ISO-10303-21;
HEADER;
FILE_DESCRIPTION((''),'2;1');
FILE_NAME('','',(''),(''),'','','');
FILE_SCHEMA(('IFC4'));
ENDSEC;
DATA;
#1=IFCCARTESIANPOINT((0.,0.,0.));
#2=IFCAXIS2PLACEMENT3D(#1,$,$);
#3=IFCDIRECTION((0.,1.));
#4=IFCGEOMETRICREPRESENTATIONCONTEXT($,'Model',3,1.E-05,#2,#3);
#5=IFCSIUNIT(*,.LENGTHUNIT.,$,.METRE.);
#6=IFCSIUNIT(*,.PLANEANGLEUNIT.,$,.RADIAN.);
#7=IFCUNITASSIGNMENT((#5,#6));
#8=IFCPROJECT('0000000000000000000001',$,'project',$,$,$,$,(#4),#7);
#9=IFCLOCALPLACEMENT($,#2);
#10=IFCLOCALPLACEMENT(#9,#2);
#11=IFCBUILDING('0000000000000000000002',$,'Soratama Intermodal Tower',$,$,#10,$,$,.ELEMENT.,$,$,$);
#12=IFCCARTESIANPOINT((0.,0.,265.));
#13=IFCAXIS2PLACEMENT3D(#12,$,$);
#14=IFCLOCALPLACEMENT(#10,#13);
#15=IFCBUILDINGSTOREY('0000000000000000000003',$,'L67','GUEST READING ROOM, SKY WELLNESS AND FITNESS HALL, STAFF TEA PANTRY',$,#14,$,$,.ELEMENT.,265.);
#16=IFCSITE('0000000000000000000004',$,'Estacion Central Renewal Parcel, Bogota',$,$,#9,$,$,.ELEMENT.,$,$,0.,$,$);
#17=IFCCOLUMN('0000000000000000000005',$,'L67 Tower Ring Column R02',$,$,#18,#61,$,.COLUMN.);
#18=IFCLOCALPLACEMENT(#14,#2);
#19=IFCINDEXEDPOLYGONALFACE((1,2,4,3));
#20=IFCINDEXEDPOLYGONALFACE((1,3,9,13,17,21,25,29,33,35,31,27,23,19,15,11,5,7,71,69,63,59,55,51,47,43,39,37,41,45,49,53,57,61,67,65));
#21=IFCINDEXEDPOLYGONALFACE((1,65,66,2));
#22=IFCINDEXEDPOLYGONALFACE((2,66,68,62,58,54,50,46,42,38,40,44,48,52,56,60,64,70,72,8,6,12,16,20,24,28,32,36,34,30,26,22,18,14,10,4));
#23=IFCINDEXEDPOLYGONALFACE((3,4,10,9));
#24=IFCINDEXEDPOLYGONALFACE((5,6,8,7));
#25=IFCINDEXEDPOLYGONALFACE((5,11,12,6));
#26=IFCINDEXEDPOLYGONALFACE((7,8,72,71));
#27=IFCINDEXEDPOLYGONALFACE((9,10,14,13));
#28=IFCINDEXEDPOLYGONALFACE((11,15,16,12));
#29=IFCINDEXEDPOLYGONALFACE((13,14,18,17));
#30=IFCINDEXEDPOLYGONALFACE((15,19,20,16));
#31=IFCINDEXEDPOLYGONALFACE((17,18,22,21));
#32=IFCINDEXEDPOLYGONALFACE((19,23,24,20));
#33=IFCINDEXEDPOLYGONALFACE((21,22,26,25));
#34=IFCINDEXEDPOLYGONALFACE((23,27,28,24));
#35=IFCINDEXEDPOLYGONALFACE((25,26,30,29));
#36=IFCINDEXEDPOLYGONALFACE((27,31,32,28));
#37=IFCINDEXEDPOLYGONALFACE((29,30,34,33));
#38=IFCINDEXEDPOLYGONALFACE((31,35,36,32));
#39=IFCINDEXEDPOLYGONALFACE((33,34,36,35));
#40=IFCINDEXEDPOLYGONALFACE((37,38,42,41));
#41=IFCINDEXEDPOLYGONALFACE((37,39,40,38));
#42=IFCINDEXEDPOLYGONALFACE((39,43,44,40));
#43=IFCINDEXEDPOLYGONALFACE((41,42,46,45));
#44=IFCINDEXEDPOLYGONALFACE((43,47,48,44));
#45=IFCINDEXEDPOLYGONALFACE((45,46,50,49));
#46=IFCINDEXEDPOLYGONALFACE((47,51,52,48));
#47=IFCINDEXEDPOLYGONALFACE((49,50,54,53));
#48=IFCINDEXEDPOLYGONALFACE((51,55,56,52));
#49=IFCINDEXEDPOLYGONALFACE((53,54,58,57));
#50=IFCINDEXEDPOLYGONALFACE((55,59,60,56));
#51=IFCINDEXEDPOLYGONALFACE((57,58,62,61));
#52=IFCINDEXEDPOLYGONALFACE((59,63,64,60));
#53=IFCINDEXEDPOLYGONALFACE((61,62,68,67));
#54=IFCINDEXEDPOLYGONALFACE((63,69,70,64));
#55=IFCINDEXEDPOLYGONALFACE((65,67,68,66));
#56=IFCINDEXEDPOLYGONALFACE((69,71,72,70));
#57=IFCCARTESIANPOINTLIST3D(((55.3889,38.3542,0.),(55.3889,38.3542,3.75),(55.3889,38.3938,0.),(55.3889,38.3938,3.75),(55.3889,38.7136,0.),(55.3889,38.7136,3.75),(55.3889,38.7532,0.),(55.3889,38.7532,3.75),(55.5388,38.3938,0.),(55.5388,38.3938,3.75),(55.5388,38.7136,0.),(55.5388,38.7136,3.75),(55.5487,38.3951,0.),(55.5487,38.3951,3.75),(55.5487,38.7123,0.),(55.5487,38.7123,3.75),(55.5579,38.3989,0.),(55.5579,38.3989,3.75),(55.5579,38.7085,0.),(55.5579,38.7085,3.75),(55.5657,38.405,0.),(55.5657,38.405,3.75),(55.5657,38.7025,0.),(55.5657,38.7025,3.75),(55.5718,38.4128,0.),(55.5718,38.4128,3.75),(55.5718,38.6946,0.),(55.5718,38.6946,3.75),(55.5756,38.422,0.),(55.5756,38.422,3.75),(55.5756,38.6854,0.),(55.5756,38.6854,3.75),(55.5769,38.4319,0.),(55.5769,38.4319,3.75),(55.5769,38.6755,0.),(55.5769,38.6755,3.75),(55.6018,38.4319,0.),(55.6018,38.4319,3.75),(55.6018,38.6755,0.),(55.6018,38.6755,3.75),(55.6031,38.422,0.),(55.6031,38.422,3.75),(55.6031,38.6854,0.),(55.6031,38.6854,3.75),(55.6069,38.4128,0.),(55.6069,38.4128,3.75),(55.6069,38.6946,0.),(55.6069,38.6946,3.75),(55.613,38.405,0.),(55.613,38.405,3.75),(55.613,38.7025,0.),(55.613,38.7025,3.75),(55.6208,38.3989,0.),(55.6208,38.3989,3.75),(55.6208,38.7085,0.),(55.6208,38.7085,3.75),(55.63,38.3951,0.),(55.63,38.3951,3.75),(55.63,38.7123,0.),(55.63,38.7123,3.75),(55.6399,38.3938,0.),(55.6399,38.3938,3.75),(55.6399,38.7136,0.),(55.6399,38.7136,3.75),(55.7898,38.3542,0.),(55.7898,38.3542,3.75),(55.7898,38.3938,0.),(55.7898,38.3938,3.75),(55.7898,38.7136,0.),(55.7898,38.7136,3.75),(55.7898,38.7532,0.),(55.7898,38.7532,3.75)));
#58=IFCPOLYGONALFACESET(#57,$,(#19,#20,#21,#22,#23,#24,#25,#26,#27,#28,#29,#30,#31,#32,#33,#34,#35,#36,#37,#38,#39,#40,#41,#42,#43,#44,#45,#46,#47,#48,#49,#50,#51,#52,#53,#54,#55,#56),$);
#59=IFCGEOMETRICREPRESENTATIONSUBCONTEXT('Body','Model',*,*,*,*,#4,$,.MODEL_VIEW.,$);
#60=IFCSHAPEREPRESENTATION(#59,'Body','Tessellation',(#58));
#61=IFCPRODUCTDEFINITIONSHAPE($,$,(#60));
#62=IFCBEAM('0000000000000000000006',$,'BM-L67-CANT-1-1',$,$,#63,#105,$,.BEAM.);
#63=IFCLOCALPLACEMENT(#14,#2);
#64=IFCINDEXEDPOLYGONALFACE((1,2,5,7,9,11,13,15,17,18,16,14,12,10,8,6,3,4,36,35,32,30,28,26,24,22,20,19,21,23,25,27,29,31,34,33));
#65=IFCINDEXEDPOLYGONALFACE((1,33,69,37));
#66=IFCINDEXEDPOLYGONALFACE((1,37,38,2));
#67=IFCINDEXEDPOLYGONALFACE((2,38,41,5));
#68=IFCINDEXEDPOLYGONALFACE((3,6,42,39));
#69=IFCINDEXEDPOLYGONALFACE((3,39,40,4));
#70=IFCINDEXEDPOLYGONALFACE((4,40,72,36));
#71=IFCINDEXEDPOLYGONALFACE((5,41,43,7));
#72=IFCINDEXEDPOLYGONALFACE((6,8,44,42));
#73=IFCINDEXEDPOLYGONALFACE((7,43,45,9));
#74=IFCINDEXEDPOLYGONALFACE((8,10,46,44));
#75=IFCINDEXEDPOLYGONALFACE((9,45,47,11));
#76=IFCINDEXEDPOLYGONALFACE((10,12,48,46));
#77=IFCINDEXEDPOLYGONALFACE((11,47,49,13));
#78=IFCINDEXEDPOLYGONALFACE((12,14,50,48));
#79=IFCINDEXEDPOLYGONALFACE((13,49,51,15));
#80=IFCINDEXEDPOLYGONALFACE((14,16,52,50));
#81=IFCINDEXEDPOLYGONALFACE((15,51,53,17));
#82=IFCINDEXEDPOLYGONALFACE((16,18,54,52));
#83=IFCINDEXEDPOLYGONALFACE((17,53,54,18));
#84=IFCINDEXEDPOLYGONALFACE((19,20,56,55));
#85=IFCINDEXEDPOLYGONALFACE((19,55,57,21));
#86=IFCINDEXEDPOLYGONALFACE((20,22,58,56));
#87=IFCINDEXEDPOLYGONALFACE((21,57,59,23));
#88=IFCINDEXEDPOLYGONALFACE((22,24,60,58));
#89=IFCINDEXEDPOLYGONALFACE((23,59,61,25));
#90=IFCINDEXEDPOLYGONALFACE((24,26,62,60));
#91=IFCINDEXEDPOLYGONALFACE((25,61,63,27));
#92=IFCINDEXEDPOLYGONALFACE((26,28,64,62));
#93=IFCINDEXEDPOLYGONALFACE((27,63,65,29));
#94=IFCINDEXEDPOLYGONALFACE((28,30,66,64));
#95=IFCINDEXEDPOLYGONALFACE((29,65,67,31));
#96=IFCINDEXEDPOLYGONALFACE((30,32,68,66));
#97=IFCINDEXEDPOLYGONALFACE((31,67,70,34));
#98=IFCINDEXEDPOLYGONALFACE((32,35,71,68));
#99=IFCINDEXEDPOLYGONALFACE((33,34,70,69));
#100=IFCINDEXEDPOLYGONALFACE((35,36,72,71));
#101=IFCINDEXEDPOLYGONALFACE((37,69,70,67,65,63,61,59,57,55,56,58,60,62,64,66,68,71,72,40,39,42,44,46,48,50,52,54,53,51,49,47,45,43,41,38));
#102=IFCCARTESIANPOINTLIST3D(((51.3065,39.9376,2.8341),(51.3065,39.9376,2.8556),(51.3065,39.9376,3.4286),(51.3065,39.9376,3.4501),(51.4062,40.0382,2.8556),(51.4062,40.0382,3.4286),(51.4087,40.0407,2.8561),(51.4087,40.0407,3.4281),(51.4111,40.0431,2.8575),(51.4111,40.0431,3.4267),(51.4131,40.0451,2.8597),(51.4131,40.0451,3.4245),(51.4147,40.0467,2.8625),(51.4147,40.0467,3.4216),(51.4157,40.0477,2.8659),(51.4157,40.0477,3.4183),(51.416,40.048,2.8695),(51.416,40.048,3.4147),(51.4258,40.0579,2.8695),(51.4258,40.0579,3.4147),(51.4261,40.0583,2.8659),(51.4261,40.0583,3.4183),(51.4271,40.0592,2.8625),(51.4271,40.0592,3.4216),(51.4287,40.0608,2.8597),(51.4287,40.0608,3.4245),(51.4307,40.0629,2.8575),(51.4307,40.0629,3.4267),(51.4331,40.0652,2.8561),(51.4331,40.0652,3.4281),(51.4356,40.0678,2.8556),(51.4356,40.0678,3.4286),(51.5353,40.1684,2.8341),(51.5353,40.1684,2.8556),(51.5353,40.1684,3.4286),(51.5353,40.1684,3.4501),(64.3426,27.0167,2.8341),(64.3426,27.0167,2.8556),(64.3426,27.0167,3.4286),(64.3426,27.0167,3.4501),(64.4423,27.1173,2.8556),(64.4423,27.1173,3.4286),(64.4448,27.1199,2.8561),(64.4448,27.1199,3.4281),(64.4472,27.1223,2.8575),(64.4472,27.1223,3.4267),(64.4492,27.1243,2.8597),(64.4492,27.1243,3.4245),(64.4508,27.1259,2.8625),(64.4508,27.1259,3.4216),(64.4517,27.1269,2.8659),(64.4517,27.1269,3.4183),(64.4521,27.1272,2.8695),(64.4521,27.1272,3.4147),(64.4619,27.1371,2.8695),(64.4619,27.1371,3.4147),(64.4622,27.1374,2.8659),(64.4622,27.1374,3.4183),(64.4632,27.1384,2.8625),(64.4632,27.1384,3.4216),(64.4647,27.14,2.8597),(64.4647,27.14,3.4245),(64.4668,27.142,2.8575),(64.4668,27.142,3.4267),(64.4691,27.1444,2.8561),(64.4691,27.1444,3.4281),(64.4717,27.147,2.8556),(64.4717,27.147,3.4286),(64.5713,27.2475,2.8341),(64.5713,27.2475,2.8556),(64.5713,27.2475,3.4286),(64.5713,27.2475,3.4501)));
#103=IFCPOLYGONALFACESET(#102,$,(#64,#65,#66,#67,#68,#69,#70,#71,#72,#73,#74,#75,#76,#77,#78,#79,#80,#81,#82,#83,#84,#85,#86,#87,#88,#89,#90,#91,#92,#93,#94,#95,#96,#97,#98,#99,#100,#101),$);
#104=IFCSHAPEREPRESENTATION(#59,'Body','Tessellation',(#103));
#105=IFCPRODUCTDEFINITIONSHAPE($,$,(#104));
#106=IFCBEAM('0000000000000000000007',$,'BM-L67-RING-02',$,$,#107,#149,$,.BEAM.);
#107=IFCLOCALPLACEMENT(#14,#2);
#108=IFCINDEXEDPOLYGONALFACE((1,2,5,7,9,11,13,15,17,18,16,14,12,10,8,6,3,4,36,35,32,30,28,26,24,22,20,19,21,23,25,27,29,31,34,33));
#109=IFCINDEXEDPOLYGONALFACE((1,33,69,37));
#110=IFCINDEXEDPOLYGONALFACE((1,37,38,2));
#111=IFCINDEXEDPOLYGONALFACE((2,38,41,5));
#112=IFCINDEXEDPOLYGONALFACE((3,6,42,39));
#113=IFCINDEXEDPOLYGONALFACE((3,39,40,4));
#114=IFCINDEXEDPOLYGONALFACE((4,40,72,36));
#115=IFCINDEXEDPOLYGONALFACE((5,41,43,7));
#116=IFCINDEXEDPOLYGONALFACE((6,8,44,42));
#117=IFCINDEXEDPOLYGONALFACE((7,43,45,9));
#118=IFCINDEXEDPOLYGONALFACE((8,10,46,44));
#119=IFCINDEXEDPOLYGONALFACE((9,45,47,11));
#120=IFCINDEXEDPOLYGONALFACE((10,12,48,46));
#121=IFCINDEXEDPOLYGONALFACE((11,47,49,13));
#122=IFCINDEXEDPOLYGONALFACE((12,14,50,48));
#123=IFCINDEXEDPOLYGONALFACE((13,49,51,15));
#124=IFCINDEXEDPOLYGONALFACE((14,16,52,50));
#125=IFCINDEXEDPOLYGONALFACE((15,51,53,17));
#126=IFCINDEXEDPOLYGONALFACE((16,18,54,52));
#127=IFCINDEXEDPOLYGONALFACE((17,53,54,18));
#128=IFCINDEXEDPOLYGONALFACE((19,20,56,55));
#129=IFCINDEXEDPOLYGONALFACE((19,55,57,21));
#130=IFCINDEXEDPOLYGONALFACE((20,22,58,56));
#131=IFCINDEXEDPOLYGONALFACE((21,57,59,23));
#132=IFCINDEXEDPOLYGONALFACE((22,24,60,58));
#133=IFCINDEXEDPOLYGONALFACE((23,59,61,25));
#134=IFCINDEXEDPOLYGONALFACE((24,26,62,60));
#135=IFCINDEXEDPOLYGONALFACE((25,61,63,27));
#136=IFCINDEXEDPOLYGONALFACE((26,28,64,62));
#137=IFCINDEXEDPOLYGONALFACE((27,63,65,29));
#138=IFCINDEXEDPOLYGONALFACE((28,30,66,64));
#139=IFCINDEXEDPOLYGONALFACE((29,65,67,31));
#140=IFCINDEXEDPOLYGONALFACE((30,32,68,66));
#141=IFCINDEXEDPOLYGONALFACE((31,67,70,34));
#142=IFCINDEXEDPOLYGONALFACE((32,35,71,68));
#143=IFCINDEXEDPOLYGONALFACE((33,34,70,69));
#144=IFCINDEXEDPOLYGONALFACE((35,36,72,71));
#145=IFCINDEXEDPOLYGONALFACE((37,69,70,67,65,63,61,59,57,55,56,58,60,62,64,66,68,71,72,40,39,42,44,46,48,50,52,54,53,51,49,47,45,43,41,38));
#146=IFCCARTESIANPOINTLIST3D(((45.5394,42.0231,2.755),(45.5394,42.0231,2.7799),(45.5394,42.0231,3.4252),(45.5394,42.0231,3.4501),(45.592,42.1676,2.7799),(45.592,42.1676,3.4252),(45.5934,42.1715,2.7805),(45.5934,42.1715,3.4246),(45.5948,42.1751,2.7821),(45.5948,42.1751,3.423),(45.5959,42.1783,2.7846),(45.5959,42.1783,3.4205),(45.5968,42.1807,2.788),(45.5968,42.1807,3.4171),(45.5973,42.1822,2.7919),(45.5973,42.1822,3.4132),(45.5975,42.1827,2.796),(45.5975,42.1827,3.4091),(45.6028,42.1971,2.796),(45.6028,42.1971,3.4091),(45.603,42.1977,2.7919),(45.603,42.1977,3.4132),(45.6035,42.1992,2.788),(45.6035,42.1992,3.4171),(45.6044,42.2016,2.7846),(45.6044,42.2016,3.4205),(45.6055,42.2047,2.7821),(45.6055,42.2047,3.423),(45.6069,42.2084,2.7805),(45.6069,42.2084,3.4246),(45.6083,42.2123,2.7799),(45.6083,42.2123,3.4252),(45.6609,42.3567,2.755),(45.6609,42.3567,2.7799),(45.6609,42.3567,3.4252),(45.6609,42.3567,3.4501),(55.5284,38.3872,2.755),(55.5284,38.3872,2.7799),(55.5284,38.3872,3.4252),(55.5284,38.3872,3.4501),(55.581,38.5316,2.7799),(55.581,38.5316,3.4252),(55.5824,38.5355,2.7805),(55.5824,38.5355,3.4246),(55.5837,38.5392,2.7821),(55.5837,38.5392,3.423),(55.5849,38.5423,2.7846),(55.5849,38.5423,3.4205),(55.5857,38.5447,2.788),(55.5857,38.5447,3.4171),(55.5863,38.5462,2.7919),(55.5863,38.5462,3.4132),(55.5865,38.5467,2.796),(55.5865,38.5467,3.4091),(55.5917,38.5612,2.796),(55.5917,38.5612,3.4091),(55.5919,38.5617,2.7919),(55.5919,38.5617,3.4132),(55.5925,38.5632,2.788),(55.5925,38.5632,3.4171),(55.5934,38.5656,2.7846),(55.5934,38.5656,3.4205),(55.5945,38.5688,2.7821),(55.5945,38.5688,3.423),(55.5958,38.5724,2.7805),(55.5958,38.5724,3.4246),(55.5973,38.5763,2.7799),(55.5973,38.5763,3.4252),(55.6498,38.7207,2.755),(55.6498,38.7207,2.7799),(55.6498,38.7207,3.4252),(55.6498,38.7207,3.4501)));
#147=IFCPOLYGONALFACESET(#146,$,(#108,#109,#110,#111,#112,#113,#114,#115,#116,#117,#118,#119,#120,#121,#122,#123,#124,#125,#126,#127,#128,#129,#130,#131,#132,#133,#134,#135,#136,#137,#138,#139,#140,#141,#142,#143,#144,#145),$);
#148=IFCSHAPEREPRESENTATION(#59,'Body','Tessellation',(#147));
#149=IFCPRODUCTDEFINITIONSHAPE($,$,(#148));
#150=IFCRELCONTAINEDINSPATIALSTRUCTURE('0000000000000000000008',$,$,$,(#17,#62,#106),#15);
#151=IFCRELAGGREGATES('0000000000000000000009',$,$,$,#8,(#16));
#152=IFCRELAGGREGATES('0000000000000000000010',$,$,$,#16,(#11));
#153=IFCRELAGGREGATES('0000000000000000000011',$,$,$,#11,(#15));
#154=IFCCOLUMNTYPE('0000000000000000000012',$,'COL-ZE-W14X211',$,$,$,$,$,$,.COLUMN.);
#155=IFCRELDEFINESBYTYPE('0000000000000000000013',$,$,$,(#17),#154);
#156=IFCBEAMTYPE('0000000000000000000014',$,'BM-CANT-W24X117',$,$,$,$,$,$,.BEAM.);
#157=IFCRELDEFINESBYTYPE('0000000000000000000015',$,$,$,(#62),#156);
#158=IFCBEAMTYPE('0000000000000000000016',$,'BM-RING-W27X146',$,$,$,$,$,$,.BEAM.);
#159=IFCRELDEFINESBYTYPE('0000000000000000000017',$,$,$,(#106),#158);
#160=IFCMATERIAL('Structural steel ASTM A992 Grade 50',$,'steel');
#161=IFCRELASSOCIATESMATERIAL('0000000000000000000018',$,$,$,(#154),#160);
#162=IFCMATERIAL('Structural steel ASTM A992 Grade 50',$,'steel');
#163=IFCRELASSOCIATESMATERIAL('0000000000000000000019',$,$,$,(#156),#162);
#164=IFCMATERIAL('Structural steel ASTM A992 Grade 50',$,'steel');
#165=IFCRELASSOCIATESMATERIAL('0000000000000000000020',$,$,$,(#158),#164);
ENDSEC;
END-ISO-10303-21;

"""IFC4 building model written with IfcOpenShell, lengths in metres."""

from ifc_helpers import new_model, si_unit, direction, frame, origin, origin_2d, place, context, subcontext, project, spatial, i_section, extrude, material, material_profile, profile_set, type_object, element, save


model = new_model("IFC4")

# Units and contexts
model_context = context("Model", 3, precision=1e-05, world=origin(), true_north=direction((0.0, 1.0)))
body_context = subcontext(model_context, "Body", "Model", "MODEL_VIEW")
ifc_project = project(units=[si_unit("LENGTHUNIT", "METRE"), si_unit("PLANEANGLEUNIT", "RADIAN")], contexts=[model_context])

# Site, building, storey
site_placement = place(None, origin())
site = spatial("IfcSite", under=ifc_project, at=site_placement, Name="Estacion Central Renewal Parcel, Bogota", CompositionType="ELEMENT", RefElevation=0.0)
building_placement = place(site_placement, origin())
building = spatial("IfcBuilding", under=site, at=building_placement, Name="Soratama Intermodal Tower", CompositionType="ELEMENT")
storey_placement = place(building_placement, frame((0.0, 0.0, 265.0)))
storey = spatial("IfcBuildingStorey", under=building, at=storey_placement, Name="L67", Description="GUEST READING ROOM, SKY WELLNESS AND FITNESS HALL, STAFF TEA PANTRY", CompositionType="ELEMENT", Elevation=265.0)

# Column
ifc_material_1 = material(Name="Structural steel ASTM A992 Grade 50", Category="steel")
ifc_material_profile_1 = material_profile(ifc_material_1, i_section(OverallWidth=0.4009, OverallDepth=0.3989, WebThickness=0.0249, FlangeThickness=0.0396, FilletRadius=0.0381, at=origin_2d()), Name="W14X211")
ifc_profile_set_1 = profile_set([ifc_material_profile_1], Name="Structural steel ASTM A992 Grade 50")
column_type = type_object("IfcColumnType", Name="COL-ZE-W14X211", PredefinedType="COLUMN", material=ifc_profile_set_1)
column_placement = place(storey_placement, frame((55.5894, 38.5537, 0.0), z_axis=(0.0, 0.0, 1.0), x_axis=(1.0, 0.0, 0.0)))
element("IfcColumn", 1, at=column_placement, inside=storey, type_object=column_type, Name="L67 Tower Ring Column R02", PredefinedType="COLUMN", context=body_context, shape_type="SweptSolid", body=[
    extrude(i_section(OverallWidth=0.4009, OverallDepth=0.3989, WebThickness=0.0249, FlangeThickness=0.0396, FilletRadius=0.0381, at=origin_2d()), origin(), (0.0, 0.0, 1.0), 3.75),
])

# Beams
ifc_material_2 = material(Name="Structural steel ASTM A992 Grade 50", Category="steel")
ifc_material_profile_2 = material_profile(ifc_material_2, i_section(OverallWidth=0.325, OverallDepth=0.616, WebThickness=0.0139, FlangeThickness=0.0215, FilletRadius=0.0139, at=origin_2d()), Name="W24X117")
ifc_profile_set_2 = profile_set([ifc_material_profile_2], Name="Structural steel ASTM A992 Grade 50")
beam_type_1 = type_object("IfcBeamType", Name="BM-CANT-W24X117", PredefinedType="BEAM", material=ifc_profile_set_2)
beam_1_placement = place(storey_placement, frame((51.4209, 40.053, 3.1421), z_axis=(0.710239, -0.703961, 0.0), x_axis=(0.703961, 0.710239, 0.0)))
element("IfcBeam", 2, at=beam_1_placement, inside=storey, type_object=beam_type_1, Name="BM-L67-CANT-1-1", PredefinedType="BEAM", context=body_context, shape_type="SweptSolid", body=[
    extrude(i_section(OverallWidth=0.325, OverallDepth=0.616, WebThickness=0.0139, FlangeThickness=0.0215, FilletRadius=0.0139, at=origin_2d()), origin(), (0.0, 0.0, 1.0), 18.3545),
])
ifc_material_3 = material(Name="Structural steel ASTM A992 Grade 50", Category="steel")
ifc_material_profile_3 = material_profile(ifc_material_3, i_section(OverallWidth=0.355, OverallDepth=0.6951, WebThickness=0.0154, FlangeThickness=0.0249, FilletRadius=0.0161, at=origin_2d()), Name="W27X146")
ifc_profile_set_3 = profile_set([ifc_material_profile_3], Name="Structural steel ASTM A992 Grade 50")
beam_type_2 = type_object("IfcBeamType", Name="BM-RING-W27X146", PredefinedType="BEAM", material=ifc_profile_set_3)
beam_2_placement = place(storey_placement, frame((55.5891, 38.554, 3.1025), z_axis=(-0.939684, 0.342044, 0.0), x_axis=(-0.342044, -0.939684, 0.0)))
element("IfcBeam", 3, at=beam_2_placement, inside=storey, type_object=beam_type_2, Name="BM-L67-RING-02", PredefinedType="BEAM", context=body_context, shape_type="SweptSolid", body=[
    extrude(i_section(OverallWidth=0.355, OverallDepth=0.6951, WebThickness=0.0154, FlangeThickness=0.0249, FilletRadius=0.0161, at=origin_2d()), origin(), (0.0, 0.0, 1.0), 10.6301),
])

save(model, "model.ifc")
